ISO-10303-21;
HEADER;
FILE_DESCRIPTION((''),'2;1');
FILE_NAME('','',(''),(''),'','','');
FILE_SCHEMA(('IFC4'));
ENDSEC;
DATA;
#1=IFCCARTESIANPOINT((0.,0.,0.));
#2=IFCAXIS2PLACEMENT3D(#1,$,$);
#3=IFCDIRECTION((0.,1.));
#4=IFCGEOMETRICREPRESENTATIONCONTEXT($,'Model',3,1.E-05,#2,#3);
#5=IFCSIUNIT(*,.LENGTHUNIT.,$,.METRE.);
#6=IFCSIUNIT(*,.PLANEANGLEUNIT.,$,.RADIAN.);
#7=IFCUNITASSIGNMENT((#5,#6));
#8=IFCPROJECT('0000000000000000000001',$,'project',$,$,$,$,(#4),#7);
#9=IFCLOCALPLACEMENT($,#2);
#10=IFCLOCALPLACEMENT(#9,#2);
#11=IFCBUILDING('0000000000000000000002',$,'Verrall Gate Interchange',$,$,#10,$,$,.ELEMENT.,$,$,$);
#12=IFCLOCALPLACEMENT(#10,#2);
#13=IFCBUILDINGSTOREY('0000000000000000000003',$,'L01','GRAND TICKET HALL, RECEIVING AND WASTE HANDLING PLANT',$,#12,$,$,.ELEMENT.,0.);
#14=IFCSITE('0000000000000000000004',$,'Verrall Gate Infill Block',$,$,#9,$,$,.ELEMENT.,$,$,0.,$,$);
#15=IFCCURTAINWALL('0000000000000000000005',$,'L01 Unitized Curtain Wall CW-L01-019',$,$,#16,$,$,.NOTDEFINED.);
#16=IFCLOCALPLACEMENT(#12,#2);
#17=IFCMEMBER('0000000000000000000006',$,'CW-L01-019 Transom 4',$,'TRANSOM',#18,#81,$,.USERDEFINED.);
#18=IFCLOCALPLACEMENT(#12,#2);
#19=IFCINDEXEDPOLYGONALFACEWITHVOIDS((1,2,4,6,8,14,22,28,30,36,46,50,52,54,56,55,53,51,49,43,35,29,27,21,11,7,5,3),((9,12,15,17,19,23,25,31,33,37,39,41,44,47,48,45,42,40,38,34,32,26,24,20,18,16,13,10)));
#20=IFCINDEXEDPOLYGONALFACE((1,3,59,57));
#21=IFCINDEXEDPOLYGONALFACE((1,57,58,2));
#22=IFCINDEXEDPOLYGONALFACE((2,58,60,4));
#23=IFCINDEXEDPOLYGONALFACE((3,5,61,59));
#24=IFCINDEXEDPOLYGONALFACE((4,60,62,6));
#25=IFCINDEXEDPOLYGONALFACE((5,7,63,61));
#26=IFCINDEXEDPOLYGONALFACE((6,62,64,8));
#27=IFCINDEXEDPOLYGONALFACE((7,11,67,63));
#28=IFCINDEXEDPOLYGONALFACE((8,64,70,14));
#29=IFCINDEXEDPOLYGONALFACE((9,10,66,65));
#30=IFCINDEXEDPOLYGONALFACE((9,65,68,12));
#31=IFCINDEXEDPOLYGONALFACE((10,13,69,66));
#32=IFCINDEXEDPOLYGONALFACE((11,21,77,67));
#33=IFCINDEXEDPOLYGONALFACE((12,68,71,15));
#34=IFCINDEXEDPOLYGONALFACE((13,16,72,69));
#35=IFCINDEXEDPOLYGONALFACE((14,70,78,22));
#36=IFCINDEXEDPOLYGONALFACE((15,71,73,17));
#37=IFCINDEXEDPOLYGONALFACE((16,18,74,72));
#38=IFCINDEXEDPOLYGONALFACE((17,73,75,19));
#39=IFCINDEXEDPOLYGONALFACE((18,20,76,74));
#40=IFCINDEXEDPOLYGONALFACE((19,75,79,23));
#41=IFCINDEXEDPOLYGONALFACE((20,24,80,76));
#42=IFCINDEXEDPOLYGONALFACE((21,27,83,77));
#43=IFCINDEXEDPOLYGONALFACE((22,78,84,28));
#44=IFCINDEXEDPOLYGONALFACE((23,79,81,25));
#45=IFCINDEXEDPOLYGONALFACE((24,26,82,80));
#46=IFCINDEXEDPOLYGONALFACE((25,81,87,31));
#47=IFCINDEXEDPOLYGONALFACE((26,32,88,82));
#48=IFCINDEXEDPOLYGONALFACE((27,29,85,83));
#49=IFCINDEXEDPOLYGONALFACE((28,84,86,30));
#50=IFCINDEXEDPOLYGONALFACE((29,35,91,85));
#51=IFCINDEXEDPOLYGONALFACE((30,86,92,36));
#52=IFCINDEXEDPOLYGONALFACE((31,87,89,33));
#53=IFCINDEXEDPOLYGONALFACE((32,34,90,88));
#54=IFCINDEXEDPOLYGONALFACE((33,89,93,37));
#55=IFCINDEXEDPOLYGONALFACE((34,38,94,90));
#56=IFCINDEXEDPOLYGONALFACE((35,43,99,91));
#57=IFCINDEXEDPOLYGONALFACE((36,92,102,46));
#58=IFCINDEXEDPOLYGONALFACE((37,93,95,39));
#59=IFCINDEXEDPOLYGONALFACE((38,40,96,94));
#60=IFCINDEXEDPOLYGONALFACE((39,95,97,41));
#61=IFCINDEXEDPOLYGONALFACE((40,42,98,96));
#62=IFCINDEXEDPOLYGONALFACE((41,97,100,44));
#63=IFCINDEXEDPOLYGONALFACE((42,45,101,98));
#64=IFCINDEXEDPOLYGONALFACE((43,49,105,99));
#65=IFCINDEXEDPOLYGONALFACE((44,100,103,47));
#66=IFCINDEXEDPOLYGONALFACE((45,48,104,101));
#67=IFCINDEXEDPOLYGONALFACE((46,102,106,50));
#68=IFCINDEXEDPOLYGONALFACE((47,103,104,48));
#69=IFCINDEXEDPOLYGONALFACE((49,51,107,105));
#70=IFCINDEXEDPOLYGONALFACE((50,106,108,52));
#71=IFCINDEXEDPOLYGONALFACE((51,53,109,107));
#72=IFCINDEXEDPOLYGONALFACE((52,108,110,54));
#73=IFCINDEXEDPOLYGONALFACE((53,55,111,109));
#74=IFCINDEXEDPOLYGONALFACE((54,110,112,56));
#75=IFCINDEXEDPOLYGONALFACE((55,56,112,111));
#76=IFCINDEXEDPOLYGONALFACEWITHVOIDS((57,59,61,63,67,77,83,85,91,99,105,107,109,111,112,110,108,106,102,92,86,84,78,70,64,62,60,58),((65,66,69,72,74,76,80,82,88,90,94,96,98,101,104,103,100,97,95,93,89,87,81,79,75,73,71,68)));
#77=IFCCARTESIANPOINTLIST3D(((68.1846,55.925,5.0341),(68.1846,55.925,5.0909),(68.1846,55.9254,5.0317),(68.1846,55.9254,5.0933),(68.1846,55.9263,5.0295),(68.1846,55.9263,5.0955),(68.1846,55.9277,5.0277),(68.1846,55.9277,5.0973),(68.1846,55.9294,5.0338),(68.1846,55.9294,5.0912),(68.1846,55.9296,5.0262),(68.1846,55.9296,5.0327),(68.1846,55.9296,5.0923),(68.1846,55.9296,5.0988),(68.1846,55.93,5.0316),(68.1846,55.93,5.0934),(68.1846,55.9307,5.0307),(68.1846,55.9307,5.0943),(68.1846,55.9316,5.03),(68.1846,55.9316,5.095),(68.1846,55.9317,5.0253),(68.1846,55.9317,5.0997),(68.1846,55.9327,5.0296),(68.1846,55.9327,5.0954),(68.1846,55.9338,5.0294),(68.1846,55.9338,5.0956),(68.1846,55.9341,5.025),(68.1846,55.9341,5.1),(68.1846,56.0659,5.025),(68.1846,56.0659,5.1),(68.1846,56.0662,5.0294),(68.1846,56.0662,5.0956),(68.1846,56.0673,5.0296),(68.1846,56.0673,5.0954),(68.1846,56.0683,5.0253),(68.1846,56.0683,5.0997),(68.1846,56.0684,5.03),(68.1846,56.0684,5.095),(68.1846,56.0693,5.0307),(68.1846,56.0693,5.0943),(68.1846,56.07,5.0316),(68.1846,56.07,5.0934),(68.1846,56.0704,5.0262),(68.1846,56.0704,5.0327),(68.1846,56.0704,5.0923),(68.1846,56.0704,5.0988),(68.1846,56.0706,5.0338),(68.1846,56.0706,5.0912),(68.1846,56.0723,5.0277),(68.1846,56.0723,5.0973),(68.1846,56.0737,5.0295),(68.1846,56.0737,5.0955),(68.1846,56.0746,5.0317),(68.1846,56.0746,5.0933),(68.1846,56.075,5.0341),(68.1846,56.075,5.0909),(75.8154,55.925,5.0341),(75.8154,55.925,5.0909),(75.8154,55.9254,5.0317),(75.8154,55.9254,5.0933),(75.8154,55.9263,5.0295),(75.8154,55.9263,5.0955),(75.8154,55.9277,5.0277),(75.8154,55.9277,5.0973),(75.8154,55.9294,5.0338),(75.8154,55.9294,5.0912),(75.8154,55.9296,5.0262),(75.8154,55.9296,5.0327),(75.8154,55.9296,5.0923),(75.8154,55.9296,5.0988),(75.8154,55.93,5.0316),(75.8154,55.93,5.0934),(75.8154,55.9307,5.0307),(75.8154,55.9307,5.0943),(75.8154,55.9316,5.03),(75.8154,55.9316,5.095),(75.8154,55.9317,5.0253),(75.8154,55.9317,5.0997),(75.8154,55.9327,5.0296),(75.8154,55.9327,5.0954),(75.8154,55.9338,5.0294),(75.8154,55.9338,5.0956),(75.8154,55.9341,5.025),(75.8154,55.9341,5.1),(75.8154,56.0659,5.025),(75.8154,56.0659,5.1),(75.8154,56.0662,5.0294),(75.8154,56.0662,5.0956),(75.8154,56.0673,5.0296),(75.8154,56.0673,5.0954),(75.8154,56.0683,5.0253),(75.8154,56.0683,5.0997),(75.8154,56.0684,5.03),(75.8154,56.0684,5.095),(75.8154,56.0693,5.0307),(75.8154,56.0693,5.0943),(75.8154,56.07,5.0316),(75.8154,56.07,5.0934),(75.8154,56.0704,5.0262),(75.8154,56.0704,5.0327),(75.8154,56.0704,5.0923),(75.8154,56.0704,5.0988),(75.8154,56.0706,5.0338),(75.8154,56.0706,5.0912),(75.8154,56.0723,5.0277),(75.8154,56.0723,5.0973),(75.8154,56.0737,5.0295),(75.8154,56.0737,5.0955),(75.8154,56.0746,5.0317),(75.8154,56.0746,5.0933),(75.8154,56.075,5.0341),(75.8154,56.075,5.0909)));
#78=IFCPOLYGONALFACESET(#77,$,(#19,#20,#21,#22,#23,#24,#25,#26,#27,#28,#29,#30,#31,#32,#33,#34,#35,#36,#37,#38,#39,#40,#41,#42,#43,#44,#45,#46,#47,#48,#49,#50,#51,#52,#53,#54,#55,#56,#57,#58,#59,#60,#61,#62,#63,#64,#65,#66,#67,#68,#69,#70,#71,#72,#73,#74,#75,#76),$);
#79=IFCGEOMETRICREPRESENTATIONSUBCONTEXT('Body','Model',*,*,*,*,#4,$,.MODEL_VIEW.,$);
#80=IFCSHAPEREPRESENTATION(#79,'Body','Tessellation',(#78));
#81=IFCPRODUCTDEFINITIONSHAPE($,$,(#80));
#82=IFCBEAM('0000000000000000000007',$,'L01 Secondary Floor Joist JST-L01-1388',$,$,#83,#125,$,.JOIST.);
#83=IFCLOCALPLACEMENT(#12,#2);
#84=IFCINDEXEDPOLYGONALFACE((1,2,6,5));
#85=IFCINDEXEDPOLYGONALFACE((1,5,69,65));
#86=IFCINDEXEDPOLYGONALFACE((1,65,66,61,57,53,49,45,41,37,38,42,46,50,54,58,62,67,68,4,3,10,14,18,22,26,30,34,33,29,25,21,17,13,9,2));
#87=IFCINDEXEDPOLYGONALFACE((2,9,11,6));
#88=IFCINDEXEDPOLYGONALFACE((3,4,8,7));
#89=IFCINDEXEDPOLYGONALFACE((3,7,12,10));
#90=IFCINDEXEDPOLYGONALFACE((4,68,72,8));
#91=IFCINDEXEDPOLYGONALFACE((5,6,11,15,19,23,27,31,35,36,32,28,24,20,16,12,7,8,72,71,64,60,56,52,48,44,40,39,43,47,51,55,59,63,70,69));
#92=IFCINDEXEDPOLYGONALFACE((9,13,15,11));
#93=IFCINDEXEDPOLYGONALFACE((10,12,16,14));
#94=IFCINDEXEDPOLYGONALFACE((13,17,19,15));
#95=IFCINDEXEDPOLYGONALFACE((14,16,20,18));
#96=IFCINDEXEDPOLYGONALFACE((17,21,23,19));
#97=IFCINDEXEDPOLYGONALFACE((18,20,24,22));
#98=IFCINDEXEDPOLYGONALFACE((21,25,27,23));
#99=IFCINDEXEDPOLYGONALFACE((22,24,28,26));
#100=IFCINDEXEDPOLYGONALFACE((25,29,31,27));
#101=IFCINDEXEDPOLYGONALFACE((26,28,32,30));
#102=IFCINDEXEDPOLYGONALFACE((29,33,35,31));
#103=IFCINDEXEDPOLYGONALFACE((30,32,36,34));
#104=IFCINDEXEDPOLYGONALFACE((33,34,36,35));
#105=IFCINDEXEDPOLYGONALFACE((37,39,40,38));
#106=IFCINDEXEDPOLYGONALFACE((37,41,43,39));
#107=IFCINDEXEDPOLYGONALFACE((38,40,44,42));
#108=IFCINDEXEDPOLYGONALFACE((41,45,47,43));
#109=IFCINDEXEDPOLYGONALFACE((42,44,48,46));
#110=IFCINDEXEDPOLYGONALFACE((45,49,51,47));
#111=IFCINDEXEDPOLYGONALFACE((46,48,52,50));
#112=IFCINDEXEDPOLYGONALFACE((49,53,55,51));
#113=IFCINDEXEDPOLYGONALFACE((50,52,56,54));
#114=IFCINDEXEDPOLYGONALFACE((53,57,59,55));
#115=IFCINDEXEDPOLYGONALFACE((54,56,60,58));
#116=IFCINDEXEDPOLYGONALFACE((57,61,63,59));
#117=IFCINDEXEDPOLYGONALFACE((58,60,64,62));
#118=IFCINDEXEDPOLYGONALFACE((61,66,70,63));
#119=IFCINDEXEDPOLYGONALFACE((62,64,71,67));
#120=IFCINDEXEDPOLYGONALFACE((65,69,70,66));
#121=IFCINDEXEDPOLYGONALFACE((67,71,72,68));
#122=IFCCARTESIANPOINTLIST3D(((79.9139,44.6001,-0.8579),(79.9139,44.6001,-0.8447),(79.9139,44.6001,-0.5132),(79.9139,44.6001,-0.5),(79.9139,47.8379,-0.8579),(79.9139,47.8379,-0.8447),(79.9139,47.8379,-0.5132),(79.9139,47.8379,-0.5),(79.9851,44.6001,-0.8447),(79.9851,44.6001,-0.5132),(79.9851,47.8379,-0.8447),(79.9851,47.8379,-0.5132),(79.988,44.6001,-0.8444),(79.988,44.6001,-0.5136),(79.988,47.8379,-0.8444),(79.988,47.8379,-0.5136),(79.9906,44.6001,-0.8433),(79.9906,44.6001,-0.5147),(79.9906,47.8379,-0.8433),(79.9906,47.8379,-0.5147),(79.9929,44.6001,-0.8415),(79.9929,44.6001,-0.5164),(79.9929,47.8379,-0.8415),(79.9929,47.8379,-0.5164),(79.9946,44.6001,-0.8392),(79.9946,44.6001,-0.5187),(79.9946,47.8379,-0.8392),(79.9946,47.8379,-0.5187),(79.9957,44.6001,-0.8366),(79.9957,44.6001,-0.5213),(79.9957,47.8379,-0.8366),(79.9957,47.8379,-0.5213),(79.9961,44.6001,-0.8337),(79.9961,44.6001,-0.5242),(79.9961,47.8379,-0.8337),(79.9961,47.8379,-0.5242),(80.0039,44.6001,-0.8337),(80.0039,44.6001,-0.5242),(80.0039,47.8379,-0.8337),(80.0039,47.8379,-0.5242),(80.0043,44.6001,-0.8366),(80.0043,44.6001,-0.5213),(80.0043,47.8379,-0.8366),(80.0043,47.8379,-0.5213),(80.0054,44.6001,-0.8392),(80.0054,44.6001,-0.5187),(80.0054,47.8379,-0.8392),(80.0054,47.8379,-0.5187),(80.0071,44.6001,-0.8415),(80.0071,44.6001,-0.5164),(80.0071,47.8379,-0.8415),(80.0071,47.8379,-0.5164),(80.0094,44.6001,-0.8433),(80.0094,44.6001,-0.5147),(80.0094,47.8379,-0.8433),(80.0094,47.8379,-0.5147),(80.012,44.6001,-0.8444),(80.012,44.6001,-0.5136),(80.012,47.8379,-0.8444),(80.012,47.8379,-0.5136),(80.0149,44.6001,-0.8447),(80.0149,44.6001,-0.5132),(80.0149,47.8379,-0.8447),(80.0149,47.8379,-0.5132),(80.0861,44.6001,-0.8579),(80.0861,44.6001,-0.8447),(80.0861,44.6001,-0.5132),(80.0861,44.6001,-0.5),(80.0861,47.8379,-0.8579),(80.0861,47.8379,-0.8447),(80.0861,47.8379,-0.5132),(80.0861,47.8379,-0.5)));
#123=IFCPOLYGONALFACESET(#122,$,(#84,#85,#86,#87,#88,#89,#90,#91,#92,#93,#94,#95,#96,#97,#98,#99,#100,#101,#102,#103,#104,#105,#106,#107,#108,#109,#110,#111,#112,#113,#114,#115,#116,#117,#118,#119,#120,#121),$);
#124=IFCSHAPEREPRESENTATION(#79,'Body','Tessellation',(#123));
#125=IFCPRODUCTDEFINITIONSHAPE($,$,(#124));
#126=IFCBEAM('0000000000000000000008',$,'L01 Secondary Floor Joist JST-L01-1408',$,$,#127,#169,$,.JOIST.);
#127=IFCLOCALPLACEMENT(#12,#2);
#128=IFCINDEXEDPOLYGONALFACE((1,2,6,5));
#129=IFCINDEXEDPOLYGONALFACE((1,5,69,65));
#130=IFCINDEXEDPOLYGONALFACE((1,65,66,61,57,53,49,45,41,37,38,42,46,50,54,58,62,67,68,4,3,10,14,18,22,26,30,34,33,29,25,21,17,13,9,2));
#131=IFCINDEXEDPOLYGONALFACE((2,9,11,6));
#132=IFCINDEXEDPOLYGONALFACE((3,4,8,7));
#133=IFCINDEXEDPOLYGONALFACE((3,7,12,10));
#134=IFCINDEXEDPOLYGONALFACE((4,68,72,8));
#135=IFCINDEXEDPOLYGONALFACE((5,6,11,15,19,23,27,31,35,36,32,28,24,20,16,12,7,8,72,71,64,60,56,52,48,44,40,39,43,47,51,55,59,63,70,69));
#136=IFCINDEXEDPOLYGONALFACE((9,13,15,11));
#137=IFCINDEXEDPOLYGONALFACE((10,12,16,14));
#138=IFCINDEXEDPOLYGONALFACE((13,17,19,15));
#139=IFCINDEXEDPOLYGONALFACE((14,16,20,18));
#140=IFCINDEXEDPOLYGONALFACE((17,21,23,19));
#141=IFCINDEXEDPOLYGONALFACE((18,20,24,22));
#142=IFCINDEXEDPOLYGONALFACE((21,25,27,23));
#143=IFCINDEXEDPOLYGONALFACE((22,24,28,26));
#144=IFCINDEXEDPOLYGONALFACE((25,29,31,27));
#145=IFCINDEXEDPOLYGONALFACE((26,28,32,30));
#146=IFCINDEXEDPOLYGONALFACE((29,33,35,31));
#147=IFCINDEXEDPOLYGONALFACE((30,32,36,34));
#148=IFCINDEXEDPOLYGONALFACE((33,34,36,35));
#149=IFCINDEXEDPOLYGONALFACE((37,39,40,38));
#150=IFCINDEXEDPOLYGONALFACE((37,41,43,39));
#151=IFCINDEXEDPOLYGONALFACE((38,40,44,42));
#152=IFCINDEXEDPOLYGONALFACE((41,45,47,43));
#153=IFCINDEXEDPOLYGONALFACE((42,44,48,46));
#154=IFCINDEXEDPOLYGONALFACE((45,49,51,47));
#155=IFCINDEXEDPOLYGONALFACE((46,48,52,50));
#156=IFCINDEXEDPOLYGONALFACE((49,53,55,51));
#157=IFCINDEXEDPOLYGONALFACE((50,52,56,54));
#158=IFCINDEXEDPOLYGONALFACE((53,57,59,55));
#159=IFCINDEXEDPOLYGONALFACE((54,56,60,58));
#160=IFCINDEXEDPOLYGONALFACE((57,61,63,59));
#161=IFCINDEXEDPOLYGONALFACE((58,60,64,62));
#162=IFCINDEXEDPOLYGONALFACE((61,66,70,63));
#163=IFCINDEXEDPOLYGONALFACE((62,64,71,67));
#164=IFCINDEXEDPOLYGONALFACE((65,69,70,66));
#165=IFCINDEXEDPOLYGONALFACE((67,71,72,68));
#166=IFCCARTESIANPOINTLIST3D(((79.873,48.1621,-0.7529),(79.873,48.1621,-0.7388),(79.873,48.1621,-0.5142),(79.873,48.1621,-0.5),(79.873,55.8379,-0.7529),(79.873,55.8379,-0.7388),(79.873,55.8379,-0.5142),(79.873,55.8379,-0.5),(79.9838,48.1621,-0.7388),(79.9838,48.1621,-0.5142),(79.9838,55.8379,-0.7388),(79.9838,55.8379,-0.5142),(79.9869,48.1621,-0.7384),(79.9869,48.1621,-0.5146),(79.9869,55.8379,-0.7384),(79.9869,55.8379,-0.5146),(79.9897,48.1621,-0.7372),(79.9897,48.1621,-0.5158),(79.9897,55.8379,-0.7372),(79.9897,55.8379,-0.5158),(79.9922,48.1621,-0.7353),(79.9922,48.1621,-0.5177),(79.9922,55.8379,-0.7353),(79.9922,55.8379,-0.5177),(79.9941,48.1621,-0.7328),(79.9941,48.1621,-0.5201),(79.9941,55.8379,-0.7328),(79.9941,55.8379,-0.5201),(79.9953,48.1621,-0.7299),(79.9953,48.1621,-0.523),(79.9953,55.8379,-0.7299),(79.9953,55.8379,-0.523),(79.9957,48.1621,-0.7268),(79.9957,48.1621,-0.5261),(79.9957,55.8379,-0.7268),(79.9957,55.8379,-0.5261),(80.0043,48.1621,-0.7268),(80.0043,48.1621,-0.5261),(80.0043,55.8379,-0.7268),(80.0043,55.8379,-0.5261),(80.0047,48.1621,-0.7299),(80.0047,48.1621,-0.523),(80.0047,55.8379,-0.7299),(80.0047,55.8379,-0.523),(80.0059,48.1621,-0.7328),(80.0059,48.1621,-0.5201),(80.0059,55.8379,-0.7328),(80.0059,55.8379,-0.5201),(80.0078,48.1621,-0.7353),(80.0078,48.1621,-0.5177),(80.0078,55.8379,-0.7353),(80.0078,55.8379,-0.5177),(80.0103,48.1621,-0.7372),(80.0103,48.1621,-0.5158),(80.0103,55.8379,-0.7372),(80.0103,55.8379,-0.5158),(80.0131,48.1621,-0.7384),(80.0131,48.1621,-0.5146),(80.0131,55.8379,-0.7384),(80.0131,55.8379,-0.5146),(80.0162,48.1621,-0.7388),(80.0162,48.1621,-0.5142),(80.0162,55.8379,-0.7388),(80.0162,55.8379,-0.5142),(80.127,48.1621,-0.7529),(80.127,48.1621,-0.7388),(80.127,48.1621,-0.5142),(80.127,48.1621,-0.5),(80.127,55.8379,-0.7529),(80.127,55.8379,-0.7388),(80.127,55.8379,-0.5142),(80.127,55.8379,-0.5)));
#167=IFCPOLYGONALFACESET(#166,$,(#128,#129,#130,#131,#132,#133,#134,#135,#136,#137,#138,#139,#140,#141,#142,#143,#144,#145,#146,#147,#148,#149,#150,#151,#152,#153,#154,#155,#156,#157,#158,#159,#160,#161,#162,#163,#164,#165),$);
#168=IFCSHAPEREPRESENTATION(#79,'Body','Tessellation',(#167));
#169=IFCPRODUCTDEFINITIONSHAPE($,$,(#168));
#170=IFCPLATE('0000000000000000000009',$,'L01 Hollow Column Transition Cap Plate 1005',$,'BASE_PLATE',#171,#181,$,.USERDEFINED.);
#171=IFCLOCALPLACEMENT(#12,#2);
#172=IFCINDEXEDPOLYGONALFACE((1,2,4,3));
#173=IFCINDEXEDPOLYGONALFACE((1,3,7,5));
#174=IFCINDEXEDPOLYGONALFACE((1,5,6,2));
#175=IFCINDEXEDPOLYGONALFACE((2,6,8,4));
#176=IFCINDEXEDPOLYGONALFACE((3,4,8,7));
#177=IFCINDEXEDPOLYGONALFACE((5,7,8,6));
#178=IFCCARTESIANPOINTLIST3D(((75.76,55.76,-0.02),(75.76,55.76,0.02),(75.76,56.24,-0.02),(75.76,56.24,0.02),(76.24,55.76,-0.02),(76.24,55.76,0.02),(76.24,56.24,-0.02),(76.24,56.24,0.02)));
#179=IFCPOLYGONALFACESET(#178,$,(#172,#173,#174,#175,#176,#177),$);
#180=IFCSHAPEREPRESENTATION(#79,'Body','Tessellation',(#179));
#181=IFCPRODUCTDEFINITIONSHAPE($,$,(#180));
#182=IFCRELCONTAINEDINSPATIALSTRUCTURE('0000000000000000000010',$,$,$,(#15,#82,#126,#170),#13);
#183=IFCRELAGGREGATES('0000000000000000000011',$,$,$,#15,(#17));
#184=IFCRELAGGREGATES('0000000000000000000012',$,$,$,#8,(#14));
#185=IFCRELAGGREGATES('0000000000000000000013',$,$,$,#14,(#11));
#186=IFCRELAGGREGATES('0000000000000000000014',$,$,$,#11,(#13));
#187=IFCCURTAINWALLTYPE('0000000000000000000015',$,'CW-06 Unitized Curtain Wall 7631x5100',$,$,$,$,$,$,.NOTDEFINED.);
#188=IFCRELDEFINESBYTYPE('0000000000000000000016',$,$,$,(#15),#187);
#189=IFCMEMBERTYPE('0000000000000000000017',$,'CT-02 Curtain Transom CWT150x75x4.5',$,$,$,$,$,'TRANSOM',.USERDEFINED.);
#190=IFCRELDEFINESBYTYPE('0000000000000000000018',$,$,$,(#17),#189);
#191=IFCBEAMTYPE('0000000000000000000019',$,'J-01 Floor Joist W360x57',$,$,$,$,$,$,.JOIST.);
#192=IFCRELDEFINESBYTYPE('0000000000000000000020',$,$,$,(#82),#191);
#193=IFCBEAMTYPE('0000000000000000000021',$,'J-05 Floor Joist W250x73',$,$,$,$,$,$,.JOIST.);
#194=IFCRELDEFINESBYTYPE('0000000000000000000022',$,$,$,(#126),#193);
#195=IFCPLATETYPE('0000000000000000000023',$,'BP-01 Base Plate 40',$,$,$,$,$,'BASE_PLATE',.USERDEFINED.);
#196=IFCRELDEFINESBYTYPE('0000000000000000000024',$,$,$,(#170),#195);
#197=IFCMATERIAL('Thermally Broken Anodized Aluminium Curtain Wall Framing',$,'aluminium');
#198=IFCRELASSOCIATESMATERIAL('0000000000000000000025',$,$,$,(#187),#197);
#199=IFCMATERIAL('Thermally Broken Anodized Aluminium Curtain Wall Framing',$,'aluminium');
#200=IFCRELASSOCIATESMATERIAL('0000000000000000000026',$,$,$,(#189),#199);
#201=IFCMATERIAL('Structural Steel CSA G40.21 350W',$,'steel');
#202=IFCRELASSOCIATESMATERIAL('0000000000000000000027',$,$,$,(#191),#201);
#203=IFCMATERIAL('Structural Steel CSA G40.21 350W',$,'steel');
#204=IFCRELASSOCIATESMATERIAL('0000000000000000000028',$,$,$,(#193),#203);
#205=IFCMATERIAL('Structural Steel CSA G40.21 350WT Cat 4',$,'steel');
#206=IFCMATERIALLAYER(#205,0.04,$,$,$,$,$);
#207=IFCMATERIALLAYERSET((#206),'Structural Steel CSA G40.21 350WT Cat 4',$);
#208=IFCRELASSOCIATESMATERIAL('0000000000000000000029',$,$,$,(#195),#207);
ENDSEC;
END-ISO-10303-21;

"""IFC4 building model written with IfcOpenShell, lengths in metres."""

from ifc_helpers import new_model, si_unit, direction, frame, origin, origin_2d, place, context, subcontext, project, spatial, rectangle, hollow_rectangle, i_section, extrude, material, layer, layer_set, material_profile, profile_set, type_object, element, aggregate, save


model = new_model("IFC4")

# Units and contexts
model_context = context("Model", 3, precision=1e-05, world=origin(), true_north=direction((0.0, 1.0)))
body_context = subcontext(model_context, "Body", "Model", "MODEL_VIEW")
ifc_project = project(units=[si_unit("LENGTHUNIT", "METRE"), si_unit("PLANEANGLEUNIT", "RADIAN")], contexts=[model_context])

# Site, building, storey
site_placement = place(None, origin())
site = spatial("IfcSite", under=ifc_project, at=site_placement, Name="Verrall Gate Infill Block", CompositionType="ELEMENT", RefElevation=0.0)
building_placement = place(site_placement, origin())
building = spatial("IfcBuilding", under=site, at=building_placement, Name="Verrall Gate Interchange", CompositionType="ELEMENT")
storey_placement = place(building_placement, origin())
storey = spatial("IfcBuildingStorey", under=building, at=storey_placement, Name="L01", Description="GRAND TICKET HALL, RECEIVING AND WASTE HANDLING PLANT", CompositionType="ELEMENT", Elevation=0.0)

# Curtain wall, member
ifc_material_1 = material(Name="Thermally Broken Anodized Aluminium Curtain Wall Framing", Category="aluminium")
curtain_wall_type = type_object("IfcCurtainWallType", Name="CW-06 Unitized Curtain Wall 7631x5100", PredefinedType="NOTDEFINED", material=ifc_material_1)
curtain_wall_placement = place(storey_placement, origin())
curtain_wall = element("IfcCurtainWall", 1, at=curtain_wall_placement, inside=storey, type_object=curtain_wall_type, Name="L01 Unitized Curtain Wall CW-L01-019", PredefinedType="NOTDEFINED")
ifc_material_2 = material(Name="Thermally Broken Anodized Aluminium Curtain Wall Framing", Category="aluminium")
ifc_material_profile_1 = material_profile(ifc_material_2, hollow_rectangle(XDim=0.1499, YDim=0.075, WallThickness=0.0044, InnerFilletRadius=0.0044, OuterFilletRadius=0.009, at=origin_2d()), Name="CWT150x75x4.5")
ifc_profile_set_1 = profile_set([ifc_material_profile_1], Name="Thermally Broken Anodized Aluminium Curtain Wall Framing")
member_type_1 = type_object("IfcMemberType", Name="CT-02 Curtain Transom CWT150x75x4.5", ElementType="TRANSOM", PredefinedType="USERDEFINED", material=ifc_profile_set_1)
member_1_placement = place(storey_placement, frame((75.8154, 56.0, 5.0625), z_axis=(-1.0, 0.0, 0.0), x_axis=(0.0, -1.0, 0.0)))
member_1 = element("IfcMember", 2, at=member_1_placement, type_object=member_type_1, Name="CW-L01-019 Transom 4", ObjectType="TRANSOM", PredefinedType="USERDEFINED", context=body_context, shape_type="SweptSolid", body=[
    extrude(hollow_rectangle(XDim=0.1499, YDim=0.075, WallThickness=0.0044, InnerFilletRadius=0.0044, OuterFilletRadius=0.009, at=origin_2d()), origin(), (0.0, 0.0, 1.0), 7.6309),
])

# Beams
ifc_material_3 = material(Name="Structural Steel CSA G40.21 350W", Category="steel")
ifc_material_profile_2 = material_profile(ifc_material_3, i_section(OverallWidth=0.1721, OverallDepth=0.3579, WebThickness=0.0078, FlangeThickness=0.0132, FilletRadius=0.011, at=origin_2d()), Name="W360x57")
ifc_profile_set_2 = profile_set([ifc_material_profile_2], Name="Structural Steel CSA G40.21 350W")
beam_type_1 = type_object("IfcBeamType", Name="J-01 Floor Joist W360x57", PredefinedType="JOIST", material=ifc_profile_set_2)
beam_1_placement = place(storey_placement, frame((80.0, 44.6001, -0.679), z_axis=(0.0, 1.0, 0.0), x_axis=(-1.0, 0.0, 0.0)))
element("IfcBeam", 3, at=beam_1_placement, inside=storey, type_object=beam_type_1, Name="L01 Secondary Floor Joist JST-L01-1388", PredefinedType="JOIST", context=body_context, shape_type="SweptSolid", body=[
    extrude(i_section(OverallWidth=0.1721, OverallDepth=0.3579, WebThickness=0.0078, FlangeThickness=0.0132, FilletRadius=0.011, at=origin_2d()), origin(), (0.0, 0.0, 1.0), 3.2378),
])
ifc_material_4 = material(Name="Structural Steel CSA G40.21 350W", Category="steel")
ifc_material_profile_3 = material_profile(ifc_material_4, i_section(OverallWidth=0.2539, OverallDepth=0.2529, WebThickness=0.0085, FlangeThickness=0.0142, FilletRadius=0.012, at=origin_2d()), Name="W250x73")
ifc_profile_set_3 = profile_set([ifc_material_profile_3], Name="Structural Steel CSA G40.21 350W")
beam_type_2 = type_object("IfcBeamType", Name="J-05 Floor Joist W250x73", PredefinedType="JOIST", material=ifc_profile_set_3)
beam_2_placement = place(storey_placement, frame((80.0, 48.1621, -0.6265), z_axis=(0.0, 1.0, 0.0), x_axis=(-1.0, 0.0, 0.0)))
element("IfcBeam", 4, at=beam_2_placement, inside=storey, type_object=beam_type_2, Name="L01 Secondary Floor Joist JST-L01-1408", PredefinedType="JOIST", context=body_context, shape_type="SweptSolid", body=[
    extrude(i_section(OverallWidth=0.2539, OverallDepth=0.2529, WebThickness=0.0085, FlangeThickness=0.0142, FilletRadius=0.012, at=origin_2d()), origin(), (0.0, 0.0, 1.0), 7.6758),
])

# Plate
ifc_material_5 = material(Name="Structural Steel CSA G40.21 350WT Cat 4", Category="steel")
ifc_layer_1 = layer(ifc_material_5, 0.04)
ifc_layer_set_1 = layer_set([ifc_layer_1], Name="Structural Steel CSA G40.21 350WT Cat 4")
plate_type_1 = type_object("IfcPlateType", Name="BP-01 Base Plate 40", ElementType="BASE_PLATE", PredefinedType="USERDEFINED", material=ifc_layer_set_1)
plate_1_placement = place(storey_placement, frame((76.0, 56.0, -0.02), z_axis=(0.0, 0.0, 1.0), x_axis=(1.0, 0.0, 0.0)))
element("IfcPlate", 5, at=plate_1_placement, inside=storey, type_object=plate_type_1, Name="L01 Hollow Column Transition Cap Plate 1005", ObjectType="BASE_PLATE", PredefinedType="USERDEFINED", context=body_context, shape_type="SweptSolid", body=[
    extrude(rectangle(XDim=0.48, YDim=0.48, at=origin_2d()), origin(), (0.0, 0.0, 1.0), 0.04),
])
aggregate(curtain_wall, [member_1])

save(model, "model.ifc")
